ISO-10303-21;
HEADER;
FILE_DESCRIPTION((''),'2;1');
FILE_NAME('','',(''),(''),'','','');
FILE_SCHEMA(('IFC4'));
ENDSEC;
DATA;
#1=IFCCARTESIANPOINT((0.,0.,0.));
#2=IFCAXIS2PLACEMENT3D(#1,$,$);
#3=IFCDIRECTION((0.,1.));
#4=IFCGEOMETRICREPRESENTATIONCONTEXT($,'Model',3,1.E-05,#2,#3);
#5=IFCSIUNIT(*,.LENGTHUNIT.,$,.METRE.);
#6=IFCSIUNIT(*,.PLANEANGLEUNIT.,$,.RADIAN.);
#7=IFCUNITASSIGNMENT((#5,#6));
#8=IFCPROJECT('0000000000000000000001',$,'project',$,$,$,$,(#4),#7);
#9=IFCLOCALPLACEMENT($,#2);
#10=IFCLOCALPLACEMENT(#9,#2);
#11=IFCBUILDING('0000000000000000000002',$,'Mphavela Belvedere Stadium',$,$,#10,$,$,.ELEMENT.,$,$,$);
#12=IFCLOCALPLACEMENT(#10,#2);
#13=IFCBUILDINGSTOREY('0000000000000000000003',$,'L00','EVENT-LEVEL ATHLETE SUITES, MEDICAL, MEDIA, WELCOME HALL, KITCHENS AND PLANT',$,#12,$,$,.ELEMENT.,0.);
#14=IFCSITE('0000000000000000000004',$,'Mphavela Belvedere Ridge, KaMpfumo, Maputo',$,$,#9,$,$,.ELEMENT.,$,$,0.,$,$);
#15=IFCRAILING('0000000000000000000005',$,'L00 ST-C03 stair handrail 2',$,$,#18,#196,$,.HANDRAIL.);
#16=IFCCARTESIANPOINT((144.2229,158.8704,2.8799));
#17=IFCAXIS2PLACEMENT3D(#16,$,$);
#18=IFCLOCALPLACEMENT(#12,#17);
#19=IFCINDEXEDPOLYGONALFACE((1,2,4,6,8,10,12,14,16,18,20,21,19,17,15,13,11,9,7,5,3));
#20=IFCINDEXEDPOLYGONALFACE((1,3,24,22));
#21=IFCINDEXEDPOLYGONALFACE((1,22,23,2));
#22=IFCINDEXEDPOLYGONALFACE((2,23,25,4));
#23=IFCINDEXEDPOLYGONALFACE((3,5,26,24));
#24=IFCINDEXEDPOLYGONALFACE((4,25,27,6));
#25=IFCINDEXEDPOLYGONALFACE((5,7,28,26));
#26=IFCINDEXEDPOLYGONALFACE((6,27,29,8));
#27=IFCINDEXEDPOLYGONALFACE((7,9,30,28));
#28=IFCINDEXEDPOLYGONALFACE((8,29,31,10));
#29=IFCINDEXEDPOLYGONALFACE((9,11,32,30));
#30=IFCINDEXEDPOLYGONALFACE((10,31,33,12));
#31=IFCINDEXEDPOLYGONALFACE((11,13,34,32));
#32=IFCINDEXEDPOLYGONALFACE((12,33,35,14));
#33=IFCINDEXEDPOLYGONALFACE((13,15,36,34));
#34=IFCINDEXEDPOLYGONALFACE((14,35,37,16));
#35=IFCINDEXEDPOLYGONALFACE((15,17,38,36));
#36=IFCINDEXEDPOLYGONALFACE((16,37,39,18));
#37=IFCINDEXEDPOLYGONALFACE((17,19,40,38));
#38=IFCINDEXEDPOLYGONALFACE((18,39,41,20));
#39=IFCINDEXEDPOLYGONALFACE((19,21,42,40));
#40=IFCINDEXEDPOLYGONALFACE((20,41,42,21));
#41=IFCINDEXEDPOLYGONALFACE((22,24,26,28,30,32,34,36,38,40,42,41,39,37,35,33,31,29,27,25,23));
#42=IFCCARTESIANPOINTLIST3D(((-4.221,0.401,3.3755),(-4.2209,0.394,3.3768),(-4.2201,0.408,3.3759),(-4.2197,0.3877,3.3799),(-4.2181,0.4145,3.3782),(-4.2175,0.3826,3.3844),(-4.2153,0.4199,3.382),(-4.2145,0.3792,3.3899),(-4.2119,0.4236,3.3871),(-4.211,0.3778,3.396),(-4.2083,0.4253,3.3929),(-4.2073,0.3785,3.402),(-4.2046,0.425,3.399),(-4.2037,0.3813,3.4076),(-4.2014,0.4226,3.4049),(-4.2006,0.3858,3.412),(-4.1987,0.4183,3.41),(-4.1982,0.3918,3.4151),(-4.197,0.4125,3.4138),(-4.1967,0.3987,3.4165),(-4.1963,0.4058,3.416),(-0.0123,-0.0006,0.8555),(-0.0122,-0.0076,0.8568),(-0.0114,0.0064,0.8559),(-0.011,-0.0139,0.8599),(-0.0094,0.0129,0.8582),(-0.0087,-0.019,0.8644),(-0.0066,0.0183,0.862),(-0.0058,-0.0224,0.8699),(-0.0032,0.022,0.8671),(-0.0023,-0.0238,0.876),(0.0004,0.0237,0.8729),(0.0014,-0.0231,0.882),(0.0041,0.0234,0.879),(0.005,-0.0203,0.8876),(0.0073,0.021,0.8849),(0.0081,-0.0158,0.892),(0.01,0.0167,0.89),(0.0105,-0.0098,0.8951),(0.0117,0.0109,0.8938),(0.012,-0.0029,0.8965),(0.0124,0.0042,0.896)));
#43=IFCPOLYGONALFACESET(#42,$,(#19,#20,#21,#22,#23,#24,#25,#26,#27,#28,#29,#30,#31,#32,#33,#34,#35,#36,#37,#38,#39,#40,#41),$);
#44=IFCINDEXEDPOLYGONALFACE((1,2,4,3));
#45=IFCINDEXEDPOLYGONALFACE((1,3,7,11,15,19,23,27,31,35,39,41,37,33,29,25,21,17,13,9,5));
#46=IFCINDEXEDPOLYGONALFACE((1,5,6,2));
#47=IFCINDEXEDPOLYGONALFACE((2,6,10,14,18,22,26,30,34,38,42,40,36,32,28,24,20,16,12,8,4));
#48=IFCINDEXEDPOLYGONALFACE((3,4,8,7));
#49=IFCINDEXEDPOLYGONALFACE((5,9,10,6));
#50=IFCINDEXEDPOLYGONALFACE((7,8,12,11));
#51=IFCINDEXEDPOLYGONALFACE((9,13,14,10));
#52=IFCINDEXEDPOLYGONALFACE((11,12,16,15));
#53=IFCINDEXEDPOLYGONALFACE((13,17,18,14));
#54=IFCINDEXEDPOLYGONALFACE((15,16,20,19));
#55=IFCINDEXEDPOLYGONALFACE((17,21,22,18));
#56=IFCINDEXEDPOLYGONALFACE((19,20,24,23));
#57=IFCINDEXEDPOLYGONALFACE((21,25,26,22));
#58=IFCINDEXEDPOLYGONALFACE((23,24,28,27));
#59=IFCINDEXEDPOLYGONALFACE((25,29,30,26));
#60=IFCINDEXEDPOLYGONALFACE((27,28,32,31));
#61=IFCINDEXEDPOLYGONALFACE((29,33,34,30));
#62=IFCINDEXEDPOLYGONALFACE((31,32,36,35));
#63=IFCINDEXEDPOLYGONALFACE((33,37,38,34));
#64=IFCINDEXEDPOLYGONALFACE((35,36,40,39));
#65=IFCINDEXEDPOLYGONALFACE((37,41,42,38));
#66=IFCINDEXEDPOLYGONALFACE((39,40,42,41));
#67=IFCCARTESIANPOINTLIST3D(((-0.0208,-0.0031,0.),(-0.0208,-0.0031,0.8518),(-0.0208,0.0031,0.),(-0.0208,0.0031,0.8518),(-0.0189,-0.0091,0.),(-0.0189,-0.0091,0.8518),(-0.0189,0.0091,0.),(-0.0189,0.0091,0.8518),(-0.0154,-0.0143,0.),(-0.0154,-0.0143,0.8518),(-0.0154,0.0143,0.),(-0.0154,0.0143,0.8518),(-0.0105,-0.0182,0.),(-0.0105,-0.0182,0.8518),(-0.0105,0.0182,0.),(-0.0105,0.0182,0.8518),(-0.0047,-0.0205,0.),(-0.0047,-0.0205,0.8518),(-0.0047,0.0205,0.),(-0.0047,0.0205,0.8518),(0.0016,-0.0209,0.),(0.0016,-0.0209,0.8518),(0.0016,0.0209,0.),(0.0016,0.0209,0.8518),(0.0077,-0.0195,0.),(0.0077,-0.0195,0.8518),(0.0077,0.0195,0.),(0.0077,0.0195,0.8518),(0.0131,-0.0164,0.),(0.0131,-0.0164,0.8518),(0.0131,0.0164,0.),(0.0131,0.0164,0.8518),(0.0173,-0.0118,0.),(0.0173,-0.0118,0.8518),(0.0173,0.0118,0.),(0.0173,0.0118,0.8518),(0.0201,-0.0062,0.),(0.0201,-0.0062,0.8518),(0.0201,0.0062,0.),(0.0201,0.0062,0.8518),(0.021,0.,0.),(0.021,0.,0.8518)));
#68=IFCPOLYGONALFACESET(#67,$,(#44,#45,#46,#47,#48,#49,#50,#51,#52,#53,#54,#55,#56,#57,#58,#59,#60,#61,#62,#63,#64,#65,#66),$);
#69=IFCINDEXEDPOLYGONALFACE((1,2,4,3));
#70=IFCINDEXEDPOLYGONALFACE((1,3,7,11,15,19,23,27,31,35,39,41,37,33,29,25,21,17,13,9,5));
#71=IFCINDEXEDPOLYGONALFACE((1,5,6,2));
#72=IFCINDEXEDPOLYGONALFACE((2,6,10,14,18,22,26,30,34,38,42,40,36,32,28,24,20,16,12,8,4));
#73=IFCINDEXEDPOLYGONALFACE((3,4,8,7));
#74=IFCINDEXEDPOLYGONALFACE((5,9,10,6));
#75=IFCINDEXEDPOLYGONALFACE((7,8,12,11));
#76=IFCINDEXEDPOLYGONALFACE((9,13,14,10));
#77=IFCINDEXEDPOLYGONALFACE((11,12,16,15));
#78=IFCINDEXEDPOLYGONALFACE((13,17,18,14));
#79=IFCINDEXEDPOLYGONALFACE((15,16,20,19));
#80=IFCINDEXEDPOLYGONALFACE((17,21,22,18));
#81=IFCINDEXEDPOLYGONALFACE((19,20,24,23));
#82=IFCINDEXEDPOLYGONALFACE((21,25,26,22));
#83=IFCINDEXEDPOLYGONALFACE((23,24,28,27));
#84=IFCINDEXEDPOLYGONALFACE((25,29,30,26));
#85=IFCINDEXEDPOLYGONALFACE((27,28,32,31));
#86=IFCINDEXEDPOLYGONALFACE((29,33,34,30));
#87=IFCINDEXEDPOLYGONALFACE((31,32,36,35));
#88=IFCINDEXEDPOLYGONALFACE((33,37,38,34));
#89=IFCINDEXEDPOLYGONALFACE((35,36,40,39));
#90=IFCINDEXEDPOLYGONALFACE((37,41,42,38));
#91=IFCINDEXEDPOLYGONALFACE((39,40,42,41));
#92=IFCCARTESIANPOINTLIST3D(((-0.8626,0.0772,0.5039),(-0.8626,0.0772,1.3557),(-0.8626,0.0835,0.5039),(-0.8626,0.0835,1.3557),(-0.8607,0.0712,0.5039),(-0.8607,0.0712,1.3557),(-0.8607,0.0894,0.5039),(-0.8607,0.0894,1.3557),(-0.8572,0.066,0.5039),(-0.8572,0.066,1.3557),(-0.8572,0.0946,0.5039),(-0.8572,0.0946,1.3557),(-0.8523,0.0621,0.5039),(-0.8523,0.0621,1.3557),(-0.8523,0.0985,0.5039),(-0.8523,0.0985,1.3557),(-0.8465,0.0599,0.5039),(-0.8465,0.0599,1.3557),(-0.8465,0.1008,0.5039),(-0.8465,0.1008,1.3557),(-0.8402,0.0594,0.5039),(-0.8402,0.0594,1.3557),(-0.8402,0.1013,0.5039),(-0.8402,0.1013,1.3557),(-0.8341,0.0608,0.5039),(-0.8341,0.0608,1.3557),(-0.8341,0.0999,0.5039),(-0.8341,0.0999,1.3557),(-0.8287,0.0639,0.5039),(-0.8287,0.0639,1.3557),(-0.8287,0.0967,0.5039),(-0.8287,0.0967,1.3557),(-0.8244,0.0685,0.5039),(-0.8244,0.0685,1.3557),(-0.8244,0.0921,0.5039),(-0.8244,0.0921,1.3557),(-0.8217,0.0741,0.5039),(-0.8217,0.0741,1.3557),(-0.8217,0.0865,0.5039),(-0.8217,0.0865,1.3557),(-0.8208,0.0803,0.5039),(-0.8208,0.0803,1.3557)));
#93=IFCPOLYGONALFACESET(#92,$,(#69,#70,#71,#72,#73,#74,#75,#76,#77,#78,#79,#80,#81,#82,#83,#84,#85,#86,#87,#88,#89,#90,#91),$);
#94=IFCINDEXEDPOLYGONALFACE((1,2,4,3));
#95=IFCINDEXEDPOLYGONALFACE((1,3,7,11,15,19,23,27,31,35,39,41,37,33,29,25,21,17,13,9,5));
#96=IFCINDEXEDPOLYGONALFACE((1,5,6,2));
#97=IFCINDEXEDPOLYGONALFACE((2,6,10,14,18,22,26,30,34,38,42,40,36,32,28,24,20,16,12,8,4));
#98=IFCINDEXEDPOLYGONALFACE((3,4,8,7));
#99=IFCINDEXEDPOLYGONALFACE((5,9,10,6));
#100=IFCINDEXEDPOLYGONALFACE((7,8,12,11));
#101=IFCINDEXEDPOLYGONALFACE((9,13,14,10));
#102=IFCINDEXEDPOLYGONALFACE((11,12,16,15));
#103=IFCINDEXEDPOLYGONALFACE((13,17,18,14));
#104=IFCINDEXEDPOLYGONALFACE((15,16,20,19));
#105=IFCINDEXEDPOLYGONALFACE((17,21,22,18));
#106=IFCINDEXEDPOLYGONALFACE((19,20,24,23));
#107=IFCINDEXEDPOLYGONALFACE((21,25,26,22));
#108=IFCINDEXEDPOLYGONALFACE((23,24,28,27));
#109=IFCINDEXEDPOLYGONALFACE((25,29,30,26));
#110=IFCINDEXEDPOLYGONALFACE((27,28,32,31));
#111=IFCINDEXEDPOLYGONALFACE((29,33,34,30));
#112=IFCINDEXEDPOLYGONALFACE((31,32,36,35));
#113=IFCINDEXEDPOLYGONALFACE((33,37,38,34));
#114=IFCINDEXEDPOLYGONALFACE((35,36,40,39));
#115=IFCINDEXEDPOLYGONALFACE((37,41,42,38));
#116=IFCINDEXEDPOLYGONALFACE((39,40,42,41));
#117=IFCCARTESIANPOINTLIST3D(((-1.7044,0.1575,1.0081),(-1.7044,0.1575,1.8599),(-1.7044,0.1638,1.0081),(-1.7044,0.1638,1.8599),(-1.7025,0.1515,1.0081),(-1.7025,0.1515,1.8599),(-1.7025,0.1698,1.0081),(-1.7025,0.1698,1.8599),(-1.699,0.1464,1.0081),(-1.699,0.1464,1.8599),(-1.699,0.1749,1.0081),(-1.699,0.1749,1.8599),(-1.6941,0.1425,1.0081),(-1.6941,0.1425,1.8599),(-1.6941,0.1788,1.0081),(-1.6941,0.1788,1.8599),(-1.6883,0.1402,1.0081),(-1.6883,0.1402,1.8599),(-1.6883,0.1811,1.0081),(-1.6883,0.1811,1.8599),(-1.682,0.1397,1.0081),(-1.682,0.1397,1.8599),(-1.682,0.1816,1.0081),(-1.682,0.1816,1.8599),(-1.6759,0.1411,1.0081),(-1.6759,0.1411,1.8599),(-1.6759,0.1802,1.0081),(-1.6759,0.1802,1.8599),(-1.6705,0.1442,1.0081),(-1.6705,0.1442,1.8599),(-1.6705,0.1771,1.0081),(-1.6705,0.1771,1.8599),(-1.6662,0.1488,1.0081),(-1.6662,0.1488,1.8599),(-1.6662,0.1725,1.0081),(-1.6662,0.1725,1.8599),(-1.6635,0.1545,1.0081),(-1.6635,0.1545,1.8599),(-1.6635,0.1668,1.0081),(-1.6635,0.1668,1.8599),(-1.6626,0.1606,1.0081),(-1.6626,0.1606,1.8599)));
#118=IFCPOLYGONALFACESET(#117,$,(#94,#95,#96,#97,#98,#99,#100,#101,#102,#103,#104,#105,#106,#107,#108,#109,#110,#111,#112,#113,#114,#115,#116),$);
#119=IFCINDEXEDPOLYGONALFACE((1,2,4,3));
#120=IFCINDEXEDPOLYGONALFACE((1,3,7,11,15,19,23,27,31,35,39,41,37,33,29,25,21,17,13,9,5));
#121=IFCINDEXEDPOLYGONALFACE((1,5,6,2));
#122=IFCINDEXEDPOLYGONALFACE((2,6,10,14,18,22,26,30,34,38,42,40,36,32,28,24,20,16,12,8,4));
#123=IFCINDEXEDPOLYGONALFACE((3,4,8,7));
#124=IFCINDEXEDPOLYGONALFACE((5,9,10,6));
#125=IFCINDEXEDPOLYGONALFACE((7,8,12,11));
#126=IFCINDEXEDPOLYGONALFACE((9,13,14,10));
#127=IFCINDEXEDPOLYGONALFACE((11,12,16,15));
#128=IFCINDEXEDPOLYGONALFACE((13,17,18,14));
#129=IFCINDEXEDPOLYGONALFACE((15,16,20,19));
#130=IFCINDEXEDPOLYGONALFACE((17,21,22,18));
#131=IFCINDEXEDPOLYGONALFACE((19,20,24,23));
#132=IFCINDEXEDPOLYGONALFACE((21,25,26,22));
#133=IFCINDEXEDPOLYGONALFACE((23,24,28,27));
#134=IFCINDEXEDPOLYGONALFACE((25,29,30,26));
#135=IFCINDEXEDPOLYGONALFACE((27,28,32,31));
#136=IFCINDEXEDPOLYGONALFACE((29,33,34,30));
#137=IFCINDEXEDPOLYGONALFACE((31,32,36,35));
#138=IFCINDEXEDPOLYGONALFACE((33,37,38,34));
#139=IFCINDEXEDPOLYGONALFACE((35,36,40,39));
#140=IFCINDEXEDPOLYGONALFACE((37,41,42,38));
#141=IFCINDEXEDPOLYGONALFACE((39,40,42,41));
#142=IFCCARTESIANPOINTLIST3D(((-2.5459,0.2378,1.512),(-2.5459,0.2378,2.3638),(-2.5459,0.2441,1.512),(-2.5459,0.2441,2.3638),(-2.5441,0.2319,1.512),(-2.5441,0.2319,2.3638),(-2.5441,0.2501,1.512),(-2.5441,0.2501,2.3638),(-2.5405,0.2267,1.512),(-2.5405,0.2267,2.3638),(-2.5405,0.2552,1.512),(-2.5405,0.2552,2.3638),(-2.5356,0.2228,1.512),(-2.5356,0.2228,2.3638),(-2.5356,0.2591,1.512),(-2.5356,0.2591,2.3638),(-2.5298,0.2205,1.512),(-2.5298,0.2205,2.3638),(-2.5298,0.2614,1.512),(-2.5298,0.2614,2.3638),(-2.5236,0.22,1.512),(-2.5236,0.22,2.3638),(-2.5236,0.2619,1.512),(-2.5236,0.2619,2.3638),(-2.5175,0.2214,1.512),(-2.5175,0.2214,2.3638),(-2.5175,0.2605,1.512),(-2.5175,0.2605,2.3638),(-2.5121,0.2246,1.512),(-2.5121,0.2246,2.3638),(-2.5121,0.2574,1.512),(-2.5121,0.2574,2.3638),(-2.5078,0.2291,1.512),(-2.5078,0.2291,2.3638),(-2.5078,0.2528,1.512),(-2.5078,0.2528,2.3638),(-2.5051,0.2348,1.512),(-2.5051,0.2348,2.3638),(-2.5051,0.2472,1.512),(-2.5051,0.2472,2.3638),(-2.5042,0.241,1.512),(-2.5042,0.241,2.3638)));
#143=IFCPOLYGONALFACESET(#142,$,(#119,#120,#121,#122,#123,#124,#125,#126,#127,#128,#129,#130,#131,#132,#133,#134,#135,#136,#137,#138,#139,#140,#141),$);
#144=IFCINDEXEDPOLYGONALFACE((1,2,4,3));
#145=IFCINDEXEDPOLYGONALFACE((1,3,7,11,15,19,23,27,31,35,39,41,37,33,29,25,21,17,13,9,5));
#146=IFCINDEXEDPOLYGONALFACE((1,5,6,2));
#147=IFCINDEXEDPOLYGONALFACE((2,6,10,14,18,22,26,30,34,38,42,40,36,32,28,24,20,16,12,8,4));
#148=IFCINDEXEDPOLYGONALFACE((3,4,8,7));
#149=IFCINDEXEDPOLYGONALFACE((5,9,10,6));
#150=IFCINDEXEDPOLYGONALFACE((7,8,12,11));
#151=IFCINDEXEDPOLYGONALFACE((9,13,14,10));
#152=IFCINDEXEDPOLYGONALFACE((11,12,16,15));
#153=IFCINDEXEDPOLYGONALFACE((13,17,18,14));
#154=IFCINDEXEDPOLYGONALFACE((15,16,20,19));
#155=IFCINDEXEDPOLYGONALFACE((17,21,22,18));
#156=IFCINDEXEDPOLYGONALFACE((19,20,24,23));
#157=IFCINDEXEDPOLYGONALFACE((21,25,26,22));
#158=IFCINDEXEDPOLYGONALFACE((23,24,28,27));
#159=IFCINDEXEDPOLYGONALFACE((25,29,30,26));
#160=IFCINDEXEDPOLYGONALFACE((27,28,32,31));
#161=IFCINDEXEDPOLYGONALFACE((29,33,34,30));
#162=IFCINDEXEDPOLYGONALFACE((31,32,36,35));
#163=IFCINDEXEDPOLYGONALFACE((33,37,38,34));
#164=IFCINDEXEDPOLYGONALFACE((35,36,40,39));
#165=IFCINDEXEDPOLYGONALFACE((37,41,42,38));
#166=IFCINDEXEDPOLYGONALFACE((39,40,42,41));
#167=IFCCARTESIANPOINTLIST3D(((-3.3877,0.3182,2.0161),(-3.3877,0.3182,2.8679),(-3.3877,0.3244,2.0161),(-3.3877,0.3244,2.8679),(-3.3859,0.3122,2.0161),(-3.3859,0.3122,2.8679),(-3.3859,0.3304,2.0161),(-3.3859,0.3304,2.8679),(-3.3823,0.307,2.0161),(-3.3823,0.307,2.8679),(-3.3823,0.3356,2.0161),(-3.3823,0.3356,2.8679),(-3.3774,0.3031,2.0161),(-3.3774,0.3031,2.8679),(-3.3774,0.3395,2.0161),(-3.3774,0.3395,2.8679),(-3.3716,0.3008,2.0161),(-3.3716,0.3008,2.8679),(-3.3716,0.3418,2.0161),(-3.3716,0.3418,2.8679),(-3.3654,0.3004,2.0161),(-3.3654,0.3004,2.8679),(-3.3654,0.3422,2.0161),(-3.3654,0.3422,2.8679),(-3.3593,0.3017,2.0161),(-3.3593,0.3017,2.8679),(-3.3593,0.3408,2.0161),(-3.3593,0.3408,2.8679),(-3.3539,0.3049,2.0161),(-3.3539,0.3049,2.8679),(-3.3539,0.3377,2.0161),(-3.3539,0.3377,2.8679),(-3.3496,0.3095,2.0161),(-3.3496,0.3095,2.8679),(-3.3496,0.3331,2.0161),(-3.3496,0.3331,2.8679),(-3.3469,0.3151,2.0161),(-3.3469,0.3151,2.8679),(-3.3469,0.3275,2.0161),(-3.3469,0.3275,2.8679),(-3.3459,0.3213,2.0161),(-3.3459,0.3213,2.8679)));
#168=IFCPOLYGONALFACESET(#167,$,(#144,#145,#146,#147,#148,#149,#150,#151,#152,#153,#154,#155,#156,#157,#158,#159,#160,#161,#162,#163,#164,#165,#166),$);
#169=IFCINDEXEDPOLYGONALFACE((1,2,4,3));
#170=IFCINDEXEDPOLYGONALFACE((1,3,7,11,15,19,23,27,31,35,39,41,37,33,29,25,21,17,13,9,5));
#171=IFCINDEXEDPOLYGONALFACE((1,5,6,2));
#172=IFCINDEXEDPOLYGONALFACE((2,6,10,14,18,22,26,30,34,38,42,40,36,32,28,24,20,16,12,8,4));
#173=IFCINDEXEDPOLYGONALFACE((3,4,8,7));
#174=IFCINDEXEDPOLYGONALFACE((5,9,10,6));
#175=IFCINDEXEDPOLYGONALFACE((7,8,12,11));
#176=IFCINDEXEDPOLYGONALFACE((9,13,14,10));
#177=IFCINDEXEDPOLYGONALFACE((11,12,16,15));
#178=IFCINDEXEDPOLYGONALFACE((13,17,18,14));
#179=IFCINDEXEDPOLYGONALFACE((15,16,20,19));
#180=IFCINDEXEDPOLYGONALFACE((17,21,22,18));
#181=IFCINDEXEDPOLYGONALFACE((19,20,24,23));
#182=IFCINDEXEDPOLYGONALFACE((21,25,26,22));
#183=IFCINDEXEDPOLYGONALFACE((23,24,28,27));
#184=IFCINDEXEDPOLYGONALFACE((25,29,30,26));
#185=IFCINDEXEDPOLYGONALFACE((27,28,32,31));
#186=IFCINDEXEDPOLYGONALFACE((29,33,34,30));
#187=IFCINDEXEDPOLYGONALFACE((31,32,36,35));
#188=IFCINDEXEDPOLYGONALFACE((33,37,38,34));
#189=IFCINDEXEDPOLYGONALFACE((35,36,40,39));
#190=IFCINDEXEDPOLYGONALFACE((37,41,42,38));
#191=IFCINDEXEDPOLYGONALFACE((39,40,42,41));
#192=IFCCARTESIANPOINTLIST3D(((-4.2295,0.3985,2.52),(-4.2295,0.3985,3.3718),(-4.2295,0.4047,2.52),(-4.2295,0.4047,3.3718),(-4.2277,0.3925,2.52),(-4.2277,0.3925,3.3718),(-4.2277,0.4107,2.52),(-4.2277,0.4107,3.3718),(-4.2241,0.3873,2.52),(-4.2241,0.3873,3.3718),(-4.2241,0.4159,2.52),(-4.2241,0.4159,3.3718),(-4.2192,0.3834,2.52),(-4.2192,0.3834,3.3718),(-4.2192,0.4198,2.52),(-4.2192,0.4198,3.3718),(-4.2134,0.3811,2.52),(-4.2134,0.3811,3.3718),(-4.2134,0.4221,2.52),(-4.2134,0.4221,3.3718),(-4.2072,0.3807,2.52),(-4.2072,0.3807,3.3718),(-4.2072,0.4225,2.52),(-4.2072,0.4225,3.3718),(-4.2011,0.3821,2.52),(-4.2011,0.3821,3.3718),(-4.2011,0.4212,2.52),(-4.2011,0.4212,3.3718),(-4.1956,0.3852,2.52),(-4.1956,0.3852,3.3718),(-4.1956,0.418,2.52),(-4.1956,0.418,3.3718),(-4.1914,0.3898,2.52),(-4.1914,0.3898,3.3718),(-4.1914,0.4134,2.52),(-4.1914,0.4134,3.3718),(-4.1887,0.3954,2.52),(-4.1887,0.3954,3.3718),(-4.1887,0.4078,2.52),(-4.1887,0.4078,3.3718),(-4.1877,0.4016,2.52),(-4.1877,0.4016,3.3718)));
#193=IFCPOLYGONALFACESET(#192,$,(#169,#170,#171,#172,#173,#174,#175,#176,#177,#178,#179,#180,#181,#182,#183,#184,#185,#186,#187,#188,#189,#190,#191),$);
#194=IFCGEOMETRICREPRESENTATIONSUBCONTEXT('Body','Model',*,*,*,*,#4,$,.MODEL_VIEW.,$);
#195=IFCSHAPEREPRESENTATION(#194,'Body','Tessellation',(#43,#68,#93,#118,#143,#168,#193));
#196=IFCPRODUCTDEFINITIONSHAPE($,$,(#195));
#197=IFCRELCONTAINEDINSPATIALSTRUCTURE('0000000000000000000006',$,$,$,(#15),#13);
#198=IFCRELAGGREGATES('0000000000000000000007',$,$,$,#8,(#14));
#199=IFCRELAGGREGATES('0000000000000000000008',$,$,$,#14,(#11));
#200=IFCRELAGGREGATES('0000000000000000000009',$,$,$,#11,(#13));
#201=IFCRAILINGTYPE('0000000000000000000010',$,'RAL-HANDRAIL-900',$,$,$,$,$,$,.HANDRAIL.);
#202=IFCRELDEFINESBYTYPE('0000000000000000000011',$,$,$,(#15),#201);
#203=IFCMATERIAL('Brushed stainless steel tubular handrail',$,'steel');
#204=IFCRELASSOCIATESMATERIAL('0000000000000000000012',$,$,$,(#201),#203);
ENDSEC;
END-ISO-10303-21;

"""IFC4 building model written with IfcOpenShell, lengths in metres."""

from ifc_helpers import new_model, si_unit, direction, frame, origin, origin_2d, place, context, subcontext, project, spatial, circle, extrude, material, type_object, element, save


model = new_model("IFC4")

# Units and contexts
model_context = context("Model", 3, precision=1e-05, world=origin(), true_north=direction((0.0, 1.0)))
body_context = subcontext(model_context, "Body", "Model", "MODEL_VIEW")
ifc_project = project(units=[si_unit("LENGTHUNIT", "METRE"), si_unit("PLANEANGLEUNIT", "RADIAN")], contexts=[model_context])

# Site, building, storey
site_placement = place(None, origin())
site = spatial("IfcSite", under=ifc_project, at=site_placement, Name="Mphavela Belvedere Ridge, KaMpfumo, Maputo", CompositionType="ELEMENT", RefElevation=0.0)
building_placement = place(site_placement, origin())
building = spatial("IfcBuilding", under=site, at=building_placement, Name="Mphavela Belvedere Stadium", CompositionType="ELEMENT")
storey_placement = place(building_placement, origin())
storey = spatial("IfcBuildingStorey", under=building, at=storey_placement, Name="L00", Description="EVENT-LEVEL ATHLETE SUITES, MEDICAL, MEDIA, WELCOME HALL, KITCHENS AND PLANT", CompositionType="ELEMENT", Elevation=0.0)

# Railing
ifc_material_1 = material(Name="Brushed stainless steel tubular handrail", Category="steel")
railing_type_1 = type_object("IfcRailingType", Name="RAL-HANDRAIL-900", PredefinedType="HANDRAIL", material=ifc_material_1)
railing_1_placement = place(storey_placement, frame((144.2229, 158.8704, 2.8799)))
element("IfcRailing", 1, at=railing_1_placement, inside=storey, type_object=railing_type_1, Name="L00 ST-C03 stair handrail 2", PredefinedType="HANDRAIL", context=body_context, shape_type="SweptSolid", body=[
    extrude(circle(Radius=0.0239, at=origin_2d()), frame((0.0, 0.0, 0.876), z_axis=(-0.855102, 0.081596, 0.511999), x_axis=(-0.094992, -0.995478, 0.0)), (0.0, 0.0, 1.0), 4.9219),
    extrude(circle(Radius=0.021, at=origin_2d()), origin(), (0.0, 0.0, 1.0), 0.8518),
    extrude(circle(Radius=0.021, at=origin_2d()), frame((-0.8418, 0.0803, 0.5039)), (0.0, 0.0, 1.0), 0.8518),
    extrude(circle(Radius=0.021, at=origin_2d()), frame((-1.6836, 0.1606, 1.0081)), (0.0, 0.0, 1.0), 0.8518),
    extrude(circle(Radius=0.021, at=origin_2d()), frame((-2.5251, 0.241, 1.512)), (0.0, 0.0, 1.0), 0.8518),
    extrude(circle(Radius=0.021, at=origin_2d()), frame((-3.3669, 0.3213, 2.0161)), (0.0, 0.0, 1.0), 0.8518),
    extrude(circle(Radius=0.021, at=origin_2d()), frame((-4.2087, 0.4016, 2.52)), (0.0, 0.0, 1.0), 0.8518),
])

save(model, "model.ifc")
